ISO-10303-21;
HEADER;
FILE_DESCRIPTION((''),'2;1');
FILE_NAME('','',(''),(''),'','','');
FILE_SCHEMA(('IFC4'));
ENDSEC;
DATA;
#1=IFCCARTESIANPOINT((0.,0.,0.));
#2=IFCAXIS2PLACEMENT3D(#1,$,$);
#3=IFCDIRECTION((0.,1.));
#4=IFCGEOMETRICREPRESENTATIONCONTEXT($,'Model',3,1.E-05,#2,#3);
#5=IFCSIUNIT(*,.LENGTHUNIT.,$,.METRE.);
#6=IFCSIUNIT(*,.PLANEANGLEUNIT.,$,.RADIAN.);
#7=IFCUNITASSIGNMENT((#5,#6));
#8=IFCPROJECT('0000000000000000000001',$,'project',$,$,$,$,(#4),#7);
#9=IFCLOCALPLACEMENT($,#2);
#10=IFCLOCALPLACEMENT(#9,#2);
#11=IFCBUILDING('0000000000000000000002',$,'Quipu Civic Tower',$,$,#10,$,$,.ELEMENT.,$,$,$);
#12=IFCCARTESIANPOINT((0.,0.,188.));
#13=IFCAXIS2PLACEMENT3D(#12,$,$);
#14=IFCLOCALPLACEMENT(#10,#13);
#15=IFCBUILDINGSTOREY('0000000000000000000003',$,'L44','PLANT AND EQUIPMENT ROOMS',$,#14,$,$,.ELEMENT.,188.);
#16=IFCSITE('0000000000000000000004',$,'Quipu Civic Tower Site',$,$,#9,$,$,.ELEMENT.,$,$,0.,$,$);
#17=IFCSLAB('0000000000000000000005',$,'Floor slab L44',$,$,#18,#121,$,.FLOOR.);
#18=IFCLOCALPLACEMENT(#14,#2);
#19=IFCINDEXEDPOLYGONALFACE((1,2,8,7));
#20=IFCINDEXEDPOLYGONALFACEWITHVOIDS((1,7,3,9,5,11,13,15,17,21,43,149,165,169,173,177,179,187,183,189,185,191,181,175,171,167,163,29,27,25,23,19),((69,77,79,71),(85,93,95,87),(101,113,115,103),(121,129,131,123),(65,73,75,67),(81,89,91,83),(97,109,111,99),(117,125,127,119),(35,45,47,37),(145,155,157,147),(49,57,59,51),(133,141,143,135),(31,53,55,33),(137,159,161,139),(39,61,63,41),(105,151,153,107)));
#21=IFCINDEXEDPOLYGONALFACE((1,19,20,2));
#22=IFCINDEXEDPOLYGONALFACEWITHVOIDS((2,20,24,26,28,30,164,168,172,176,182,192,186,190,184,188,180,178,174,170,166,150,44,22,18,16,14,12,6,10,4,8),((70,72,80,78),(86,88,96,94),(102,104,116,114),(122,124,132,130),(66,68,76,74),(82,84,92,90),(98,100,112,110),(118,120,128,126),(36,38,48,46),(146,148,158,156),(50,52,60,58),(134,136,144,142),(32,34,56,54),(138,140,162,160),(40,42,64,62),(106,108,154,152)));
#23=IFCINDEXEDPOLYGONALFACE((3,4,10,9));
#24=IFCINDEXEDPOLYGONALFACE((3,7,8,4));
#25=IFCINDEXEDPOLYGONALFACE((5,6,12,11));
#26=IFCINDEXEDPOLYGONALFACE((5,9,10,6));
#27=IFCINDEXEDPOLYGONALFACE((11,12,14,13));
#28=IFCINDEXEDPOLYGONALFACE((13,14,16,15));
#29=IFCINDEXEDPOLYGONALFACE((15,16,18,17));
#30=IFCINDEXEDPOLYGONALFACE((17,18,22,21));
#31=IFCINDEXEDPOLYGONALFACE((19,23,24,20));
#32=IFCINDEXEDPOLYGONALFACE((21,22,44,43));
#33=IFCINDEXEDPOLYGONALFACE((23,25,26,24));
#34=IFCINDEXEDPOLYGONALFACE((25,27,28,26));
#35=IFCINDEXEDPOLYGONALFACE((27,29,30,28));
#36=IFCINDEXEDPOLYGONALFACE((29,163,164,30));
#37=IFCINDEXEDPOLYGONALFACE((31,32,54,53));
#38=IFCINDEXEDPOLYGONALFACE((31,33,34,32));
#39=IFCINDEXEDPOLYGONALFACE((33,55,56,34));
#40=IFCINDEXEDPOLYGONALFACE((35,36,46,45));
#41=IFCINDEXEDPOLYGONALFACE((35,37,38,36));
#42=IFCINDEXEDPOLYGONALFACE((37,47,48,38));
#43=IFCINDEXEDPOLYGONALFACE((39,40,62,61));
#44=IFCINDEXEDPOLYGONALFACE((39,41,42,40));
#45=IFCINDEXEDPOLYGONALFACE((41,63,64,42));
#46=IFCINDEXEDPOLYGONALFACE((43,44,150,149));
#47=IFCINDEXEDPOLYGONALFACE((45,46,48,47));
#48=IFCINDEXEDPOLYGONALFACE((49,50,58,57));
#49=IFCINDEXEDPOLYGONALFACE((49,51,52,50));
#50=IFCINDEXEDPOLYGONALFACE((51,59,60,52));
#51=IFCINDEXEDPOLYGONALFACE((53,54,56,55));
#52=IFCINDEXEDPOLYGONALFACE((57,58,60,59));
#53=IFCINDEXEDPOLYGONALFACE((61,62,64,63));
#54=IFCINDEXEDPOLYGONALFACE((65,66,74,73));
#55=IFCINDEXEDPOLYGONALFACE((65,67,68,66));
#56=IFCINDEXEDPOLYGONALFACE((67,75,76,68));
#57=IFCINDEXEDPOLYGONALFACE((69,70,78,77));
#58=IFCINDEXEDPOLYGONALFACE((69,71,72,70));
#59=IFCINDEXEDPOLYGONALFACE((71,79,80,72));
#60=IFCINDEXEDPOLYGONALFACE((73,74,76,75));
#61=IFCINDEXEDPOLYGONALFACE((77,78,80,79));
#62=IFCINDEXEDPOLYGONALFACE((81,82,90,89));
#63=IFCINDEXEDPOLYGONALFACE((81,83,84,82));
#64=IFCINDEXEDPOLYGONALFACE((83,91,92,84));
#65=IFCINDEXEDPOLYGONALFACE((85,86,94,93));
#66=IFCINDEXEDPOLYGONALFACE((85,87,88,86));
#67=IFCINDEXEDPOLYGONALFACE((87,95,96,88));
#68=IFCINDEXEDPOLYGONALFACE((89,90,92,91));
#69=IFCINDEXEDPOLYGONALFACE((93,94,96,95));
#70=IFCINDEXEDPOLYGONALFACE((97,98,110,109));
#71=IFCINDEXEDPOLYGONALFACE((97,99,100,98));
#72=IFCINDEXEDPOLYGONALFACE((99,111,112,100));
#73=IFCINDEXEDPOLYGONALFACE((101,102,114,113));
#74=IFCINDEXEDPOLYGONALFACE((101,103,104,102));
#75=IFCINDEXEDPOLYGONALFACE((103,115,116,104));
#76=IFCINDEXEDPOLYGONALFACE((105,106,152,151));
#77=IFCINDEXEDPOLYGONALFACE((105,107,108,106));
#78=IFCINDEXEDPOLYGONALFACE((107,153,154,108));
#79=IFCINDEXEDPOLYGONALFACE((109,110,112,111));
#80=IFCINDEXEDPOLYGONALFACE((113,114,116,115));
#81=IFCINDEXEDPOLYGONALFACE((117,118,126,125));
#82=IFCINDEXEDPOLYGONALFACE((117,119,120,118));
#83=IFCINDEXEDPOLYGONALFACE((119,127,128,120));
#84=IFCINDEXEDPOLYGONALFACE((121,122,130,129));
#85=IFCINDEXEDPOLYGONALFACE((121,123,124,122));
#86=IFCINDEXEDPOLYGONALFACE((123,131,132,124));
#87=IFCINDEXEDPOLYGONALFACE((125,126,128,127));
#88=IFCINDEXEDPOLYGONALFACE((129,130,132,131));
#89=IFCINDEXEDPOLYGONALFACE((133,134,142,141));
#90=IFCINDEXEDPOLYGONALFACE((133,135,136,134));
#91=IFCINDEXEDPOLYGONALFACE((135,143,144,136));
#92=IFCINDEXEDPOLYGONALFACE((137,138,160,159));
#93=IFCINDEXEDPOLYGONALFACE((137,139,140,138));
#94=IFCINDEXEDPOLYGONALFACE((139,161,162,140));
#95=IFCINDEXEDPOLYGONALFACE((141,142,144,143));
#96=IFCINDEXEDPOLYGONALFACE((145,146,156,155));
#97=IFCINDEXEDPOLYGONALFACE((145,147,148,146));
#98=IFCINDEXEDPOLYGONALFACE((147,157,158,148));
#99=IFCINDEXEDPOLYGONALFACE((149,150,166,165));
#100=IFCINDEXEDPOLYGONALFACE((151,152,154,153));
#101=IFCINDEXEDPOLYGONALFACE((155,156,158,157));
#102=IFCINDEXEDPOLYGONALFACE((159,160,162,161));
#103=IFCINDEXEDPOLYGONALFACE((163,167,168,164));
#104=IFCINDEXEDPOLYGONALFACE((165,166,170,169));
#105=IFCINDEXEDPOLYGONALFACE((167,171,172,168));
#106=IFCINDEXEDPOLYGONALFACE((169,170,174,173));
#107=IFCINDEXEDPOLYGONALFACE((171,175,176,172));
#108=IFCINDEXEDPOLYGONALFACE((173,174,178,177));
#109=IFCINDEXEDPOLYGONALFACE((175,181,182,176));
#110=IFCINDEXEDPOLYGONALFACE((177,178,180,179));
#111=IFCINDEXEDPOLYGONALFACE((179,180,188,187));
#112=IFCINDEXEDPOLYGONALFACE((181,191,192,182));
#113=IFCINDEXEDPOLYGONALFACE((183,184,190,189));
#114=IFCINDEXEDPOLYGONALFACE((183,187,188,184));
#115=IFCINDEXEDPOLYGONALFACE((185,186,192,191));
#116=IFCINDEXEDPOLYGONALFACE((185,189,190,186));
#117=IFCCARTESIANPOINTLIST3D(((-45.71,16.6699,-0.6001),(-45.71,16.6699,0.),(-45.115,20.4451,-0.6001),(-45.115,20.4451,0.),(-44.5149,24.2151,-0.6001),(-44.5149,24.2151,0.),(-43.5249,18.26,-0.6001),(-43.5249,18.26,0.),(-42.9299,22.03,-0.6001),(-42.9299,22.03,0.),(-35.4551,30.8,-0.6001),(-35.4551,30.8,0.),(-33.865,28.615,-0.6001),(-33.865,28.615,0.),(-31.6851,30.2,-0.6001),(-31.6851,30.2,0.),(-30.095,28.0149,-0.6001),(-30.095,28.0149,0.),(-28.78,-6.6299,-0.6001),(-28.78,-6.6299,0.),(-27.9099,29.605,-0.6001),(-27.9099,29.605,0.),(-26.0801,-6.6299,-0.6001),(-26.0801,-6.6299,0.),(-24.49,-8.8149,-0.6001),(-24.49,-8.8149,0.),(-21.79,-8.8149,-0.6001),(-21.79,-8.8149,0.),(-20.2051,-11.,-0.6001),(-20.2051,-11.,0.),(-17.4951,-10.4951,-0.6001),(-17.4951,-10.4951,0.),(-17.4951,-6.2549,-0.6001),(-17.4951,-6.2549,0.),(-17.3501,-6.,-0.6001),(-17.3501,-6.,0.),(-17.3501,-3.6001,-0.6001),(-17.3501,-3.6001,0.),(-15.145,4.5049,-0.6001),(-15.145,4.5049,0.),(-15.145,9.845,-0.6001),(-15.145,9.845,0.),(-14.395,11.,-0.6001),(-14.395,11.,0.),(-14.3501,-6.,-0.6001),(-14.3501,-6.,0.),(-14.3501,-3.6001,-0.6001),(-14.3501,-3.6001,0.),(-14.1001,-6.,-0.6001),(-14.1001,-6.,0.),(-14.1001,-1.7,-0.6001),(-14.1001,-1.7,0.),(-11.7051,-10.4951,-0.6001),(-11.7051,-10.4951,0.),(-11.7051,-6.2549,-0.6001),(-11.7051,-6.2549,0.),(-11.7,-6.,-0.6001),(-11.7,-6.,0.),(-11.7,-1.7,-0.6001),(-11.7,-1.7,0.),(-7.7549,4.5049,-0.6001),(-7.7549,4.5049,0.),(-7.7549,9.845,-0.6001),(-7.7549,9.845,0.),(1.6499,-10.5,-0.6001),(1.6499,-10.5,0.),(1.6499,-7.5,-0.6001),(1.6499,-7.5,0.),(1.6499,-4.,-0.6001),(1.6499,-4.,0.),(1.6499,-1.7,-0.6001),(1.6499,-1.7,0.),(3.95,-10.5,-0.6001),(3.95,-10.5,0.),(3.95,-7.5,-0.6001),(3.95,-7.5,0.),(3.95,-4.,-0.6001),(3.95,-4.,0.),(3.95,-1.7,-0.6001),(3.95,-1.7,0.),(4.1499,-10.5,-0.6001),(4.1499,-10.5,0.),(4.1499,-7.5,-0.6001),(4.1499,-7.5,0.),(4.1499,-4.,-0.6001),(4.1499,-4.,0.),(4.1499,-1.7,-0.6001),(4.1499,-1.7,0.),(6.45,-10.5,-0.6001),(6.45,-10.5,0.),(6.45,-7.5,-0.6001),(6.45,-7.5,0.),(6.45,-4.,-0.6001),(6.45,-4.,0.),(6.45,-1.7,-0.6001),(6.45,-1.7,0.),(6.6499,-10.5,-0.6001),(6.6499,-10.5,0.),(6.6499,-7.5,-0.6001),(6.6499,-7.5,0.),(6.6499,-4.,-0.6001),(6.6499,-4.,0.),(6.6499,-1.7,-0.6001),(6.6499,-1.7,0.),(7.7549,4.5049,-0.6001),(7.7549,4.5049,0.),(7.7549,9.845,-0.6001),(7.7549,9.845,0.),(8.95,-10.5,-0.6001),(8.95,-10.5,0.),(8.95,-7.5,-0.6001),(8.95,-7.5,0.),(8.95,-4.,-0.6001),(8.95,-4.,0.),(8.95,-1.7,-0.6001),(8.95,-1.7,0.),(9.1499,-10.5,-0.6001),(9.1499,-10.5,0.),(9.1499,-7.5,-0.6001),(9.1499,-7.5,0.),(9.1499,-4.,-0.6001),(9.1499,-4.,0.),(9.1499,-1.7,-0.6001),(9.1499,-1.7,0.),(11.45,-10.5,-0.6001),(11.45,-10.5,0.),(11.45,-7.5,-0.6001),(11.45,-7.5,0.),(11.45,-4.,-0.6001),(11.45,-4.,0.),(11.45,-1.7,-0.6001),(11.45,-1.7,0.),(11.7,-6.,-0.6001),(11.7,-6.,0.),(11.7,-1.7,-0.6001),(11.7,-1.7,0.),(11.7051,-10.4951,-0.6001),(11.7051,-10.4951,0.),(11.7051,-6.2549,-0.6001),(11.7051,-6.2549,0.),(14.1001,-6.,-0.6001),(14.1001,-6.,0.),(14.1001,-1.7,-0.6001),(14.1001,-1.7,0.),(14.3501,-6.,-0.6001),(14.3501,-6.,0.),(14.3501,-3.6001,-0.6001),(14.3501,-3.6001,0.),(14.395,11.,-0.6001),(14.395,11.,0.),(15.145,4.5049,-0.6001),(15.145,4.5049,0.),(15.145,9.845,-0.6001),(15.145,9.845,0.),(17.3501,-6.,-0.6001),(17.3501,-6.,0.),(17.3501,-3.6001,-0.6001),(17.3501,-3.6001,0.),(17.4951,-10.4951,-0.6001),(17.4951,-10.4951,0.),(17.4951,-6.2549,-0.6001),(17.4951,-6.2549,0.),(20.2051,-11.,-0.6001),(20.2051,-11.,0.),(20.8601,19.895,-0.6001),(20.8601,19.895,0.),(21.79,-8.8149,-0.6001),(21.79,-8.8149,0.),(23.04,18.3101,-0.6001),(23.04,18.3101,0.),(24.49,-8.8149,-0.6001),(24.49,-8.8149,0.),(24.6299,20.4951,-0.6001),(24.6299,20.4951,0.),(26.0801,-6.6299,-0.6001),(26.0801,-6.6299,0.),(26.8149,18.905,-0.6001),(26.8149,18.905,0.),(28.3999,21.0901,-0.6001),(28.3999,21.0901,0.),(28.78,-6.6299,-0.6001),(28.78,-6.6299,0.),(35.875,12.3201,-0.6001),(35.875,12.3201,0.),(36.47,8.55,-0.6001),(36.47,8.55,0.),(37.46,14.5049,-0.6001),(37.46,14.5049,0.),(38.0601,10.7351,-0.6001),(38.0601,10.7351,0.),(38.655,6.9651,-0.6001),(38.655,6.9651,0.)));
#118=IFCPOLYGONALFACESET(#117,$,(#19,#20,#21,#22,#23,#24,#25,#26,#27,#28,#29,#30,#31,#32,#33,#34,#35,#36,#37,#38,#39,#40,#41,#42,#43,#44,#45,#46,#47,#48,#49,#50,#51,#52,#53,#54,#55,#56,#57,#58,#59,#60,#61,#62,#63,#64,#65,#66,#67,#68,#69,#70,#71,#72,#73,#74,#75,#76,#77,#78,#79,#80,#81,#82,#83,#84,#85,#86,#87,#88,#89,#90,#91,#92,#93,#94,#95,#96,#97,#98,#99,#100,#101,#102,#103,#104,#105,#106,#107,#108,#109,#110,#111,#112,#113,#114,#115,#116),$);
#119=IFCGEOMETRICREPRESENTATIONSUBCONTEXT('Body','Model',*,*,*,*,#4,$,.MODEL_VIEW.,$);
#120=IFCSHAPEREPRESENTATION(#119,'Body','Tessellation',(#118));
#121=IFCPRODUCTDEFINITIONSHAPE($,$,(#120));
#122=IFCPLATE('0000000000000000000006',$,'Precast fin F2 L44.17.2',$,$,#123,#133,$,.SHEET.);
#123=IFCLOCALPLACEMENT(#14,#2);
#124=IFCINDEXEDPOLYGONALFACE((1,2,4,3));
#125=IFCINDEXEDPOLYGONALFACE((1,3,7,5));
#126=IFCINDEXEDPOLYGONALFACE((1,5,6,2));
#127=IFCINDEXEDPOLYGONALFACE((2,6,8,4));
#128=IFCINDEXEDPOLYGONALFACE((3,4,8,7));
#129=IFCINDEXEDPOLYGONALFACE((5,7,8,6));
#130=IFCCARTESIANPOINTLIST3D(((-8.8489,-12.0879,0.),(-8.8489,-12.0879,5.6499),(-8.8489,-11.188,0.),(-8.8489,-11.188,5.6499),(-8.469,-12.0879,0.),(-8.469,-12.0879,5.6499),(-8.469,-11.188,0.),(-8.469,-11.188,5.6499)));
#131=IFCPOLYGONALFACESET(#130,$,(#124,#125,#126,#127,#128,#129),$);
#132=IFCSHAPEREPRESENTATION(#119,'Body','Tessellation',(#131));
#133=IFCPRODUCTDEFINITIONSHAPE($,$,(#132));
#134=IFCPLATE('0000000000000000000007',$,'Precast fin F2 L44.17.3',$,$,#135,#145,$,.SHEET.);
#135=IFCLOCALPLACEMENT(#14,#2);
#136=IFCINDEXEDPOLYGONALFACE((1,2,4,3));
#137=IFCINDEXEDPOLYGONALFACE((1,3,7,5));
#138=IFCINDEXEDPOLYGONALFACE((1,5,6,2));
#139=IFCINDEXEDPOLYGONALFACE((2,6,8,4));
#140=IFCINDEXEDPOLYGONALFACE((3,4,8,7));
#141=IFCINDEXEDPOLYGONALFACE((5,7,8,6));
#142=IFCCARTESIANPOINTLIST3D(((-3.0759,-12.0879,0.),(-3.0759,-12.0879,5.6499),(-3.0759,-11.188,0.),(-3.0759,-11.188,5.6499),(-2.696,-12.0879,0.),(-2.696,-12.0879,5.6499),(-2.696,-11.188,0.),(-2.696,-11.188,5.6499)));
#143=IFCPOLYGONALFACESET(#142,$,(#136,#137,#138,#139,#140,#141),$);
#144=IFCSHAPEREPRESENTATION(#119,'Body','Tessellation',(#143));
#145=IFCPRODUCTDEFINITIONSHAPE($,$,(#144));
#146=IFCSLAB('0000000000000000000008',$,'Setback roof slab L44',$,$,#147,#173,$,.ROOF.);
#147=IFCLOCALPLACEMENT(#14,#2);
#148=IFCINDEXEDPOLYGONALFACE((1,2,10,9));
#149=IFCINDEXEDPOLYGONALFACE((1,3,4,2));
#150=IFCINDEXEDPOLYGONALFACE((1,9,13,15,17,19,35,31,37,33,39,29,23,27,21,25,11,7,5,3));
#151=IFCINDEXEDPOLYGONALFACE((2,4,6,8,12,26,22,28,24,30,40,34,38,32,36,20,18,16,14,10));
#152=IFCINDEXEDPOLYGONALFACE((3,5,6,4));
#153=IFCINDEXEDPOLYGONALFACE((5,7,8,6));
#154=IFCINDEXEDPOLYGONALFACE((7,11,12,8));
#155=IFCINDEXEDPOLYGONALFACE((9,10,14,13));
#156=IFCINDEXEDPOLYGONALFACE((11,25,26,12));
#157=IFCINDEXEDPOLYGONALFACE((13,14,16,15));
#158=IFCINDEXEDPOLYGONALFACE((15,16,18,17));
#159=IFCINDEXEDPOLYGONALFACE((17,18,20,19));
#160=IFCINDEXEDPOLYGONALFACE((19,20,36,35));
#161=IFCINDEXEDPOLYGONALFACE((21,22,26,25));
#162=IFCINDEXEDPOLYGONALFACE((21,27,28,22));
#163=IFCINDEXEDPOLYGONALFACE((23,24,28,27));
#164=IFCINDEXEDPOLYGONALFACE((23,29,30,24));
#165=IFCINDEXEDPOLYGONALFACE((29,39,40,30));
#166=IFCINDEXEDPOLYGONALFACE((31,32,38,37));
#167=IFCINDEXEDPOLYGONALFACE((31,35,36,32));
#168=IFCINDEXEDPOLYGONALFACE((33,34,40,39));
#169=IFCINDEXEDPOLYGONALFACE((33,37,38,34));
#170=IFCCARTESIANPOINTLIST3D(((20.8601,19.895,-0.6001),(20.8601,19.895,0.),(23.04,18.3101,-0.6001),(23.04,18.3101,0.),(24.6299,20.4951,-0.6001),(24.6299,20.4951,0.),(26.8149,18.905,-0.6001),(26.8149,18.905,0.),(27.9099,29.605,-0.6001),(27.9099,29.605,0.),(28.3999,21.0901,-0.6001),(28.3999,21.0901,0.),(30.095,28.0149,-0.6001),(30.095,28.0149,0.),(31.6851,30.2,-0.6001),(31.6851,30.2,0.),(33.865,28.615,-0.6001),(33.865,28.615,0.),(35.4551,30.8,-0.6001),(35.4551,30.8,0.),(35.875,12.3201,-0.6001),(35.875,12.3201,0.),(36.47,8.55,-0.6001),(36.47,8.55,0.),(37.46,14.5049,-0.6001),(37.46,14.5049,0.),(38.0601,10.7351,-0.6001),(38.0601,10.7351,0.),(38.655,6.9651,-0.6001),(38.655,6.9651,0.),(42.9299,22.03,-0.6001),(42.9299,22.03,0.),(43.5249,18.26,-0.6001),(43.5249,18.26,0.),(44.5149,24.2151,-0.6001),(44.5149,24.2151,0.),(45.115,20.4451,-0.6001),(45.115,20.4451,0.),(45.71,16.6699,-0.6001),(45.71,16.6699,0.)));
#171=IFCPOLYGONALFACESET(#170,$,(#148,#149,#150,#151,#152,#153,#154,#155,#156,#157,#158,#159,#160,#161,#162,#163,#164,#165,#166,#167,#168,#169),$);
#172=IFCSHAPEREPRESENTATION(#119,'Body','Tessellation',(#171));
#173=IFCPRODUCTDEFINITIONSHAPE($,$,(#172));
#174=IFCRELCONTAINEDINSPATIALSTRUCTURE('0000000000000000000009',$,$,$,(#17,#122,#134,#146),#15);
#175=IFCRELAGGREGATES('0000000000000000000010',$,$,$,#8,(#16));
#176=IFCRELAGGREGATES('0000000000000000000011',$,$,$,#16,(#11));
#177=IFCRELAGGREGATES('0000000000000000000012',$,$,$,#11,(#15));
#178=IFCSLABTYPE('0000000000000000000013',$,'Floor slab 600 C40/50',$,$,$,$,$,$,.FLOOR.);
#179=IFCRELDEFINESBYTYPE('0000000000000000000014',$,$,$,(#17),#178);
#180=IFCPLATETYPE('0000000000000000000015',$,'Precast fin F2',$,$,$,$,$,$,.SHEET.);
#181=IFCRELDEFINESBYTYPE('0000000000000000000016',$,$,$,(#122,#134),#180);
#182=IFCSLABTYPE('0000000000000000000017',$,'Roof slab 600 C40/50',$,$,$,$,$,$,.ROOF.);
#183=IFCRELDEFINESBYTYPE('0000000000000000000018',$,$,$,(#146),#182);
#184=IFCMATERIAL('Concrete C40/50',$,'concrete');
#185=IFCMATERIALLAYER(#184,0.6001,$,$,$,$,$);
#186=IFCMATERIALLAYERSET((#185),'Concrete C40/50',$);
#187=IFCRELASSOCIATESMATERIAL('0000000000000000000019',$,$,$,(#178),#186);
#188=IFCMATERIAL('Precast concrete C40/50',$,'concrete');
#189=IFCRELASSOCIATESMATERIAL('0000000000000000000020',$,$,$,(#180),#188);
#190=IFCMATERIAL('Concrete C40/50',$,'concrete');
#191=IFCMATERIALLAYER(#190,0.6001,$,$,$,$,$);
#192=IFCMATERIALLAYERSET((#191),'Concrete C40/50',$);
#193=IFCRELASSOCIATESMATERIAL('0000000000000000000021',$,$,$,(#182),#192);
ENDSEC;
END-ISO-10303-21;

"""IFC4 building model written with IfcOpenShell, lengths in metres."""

from ifc_helpers import new_model, si_unit, direction, frame, origin, origin_2d, place, context, subcontext, project, spatial, polyline, rectangle, outline, extrude, material, layer, layer_set, type_object, element, save


model = new_model("IFC4")

# Units and contexts
model_context = context("Model", 3, precision=1e-05, world=origin(), true_north=direction((0.0, 1.0)))
body_context = subcontext(model_context, "Body", "Model", "MODEL_VIEW")
ifc_project = project(units=[si_unit("LENGTHUNIT", "METRE"), si_unit("PLANEANGLEUNIT", "RADIAN")], contexts=[model_context])

# Site, building, storey
site_placement = place(None, origin())
site = spatial("IfcSite", under=ifc_project, at=site_placement, Name="Quipu Civic Tower Site", CompositionType="ELEMENT", RefElevation=0.0)
building_placement = place(site_placement, origin())
building = spatial("IfcBuilding", under=site, at=building_placement, Name="Quipu Civic Tower", CompositionType="ELEMENT")
storey_placement = place(building_placement, frame((0.0, 0.0, 188.0)))
storey = spatial("IfcBuildingStorey", under=building, at=storey_placement, Name="L44", Description="PLANT AND EQUIPMENT ROOMS", CompositionType="ELEMENT", Elevation=188.0)

# Slab
ifc_material_1 = material(Name="Concrete C40/50", Category="concrete")
ifc_layer_1 = layer(ifc_material_1, 0.6001)
ifc_layer_set_1 = layer_set([ifc_layer_1], Name="Concrete C40/50")
slab_type_1 = type_object("IfcSlabType", Name="Floor slab 600 C40/50", PredefinedType="FLOOR", material=ifc_layer_set_1)
slab_1_placement = place(storey_placement, frame((0.0, 0.0, -0.6001)))
element("IfcSlab", 1, at=slab_1_placement, inside=storey, type_object=slab_type_1, Name="Floor slab L44", PredefinedType="FLOOR", context=body_context, shape_type="SweptSolid", body=[
    extrude(outline(polyline([(20.8601, 19.895), (23.04, 18.3101), (24.6299, 20.4951), (26.8149, 18.905), (28.3999, 21.0901), (37.46, 14.5049), (35.875, 12.3201), (38.0601, 10.7351), (36.47, 8.55), (38.655, 6.9651), (28.78, -6.6299), (26.0801, -6.6299), (24.49, -8.8149), (21.79, -8.8149), (20.2051, -11.0), (-20.2051, -11.0), (-21.79, -8.8149), (-24.49, -8.8149), (-26.0801, -6.6299), (-28.78, -6.6299), (-45.71, 16.6699), (-43.5249, 18.26), (-45.115, 20.4451), (-42.9299, 22.03), (-44.5149, 24.2151), (-35.4551, 30.8), (-33.865, 28.615), (-31.6851, 30.2), (-30.095, 28.0149), (-27.9099, 29.605), (-14.395, 11.0), (14.395, 11.0), (20.8601, 19.895)]), holes=[polyline([(1.6499, -7.5), (1.6499, -10.5), (3.95, -10.5), (3.95, -7.5), (1.6499, -7.5)]), polyline([(4.1499, -7.5), (4.1499, -10.5), (6.45, -10.5), (6.45, -7.5), (4.1499, -7.5)]), polyline([(-11.7051, -6.2549), (-17.4951, -6.2549), (-17.4951, -10.4951), (-11.7051, -10.4951), (-11.7051, -6.2549)]), polyline([(-17.3501, -3.6001), (-17.3501, -6.0), (-14.3501, -6.0), (-14.3501, -3.6001), (-17.3501, -3.6001)]), polyline([(-14.1001, -1.7), (-14.1001, -6.0), (-11.7, -6.0), (-11.7, -1.7), (-14.1001, -1.7)]), polyline([(1.6499, -1.7), (1.6499, -4.0), (3.95, -4.0), (3.95, -1.7), (1.6499, -1.7)]), polyline([(4.1499, -1.7), (4.1499, -4.0), (6.45, -4.0), (6.45, -1.7), (4.1499, -1.7)]), polyline([(-7.7549, 9.845), (-15.145, 9.845), (-15.145, 4.5049), (-7.7549, 4.5049), (-7.7549, 9.845)]), polyline([(6.6499, -7.5), (6.6499, -10.5), (8.95, -10.5), (8.95, -7.5), (6.6499, -7.5)]), polyline([(9.1499, -7.5), (9.1499, -10.5), (11.45, -10.5), (11.45, -7.5), (9.1499, -7.5)]), polyline([(11.7051, -10.4951), (17.4951, -10.4951), (17.4951, -6.2549), (11.7051, -6.2549), (11.7051, -10.4951)]), polyline([(14.3501, -3.6001), (14.3501, -6.0), (17.3501, -6.0), (17.3501, -3.6001), (14.3501, -3.6001)]), polyline([(11.7, -1.7), (11.7, -6.0), (14.1001, -6.0), (14.1001, -1.7), (11.7, -1.7)]), polyline([(6.6499, -1.7), (6.6499, -4.0), (8.95, -4.0), (8.95, -1.7), (6.6499, -1.7)]), polyline([(9.1499, -1.7), (9.1499, -4.0), (11.45, -4.0), (11.45, -1.7), (9.1499, -1.7)]), polyline([(7.7549, 4.5049), (15.145, 4.5049), (15.145, 9.845), (7.7549, 9.845), (7.7549, 4.5049)])]), origin(), (0.0, 0.0, 1.0), 0.6001),
])

# Plates
ifc_material_2 = material(Name="Precast concrete C40/50", Category="concrete")
plate_type = type_object("IfcPlateType", Name="Precast fin F2", PredefinedType="SHEET", material=ifc_material_2)
for number, where, z_axis, x_axis, name in (
    (2, (-8.6589, -11.6379, 0.0), (0.0, 0.0, 1.0), (1.0, 0.0, 0.0), "Precast fin F2 L44.17.2"),
    (3, (-2.886, -11.6379, 0.0), (0.0, 0.0, 1.0), (1.0, 0.0, 0.0), "Precast fin F2 L44.17.3"),
):
    element("IfcPlate", number, at=place(storey_placement, frame(where, z_axis=z_axis, x_axis=x_axis)), inside=storey, type_object=plate_type, Name=name, PredefinedType="SHEET", context=body_context, shape_type="SweptSolid", body=[
        extrude(rectangle(XDim=0.3799, YDim=0.8999, at=origin_2d()), origin(), (0.0, 0.0, 1.0), 5.6499),
    ])

# Slab
ifc_material_3 = material(Name="Concrete C40/50", Category="concrete")
ifc_layer_2 = layer(ifc_material_3, 0.6001)
ifc_layer_set_2 = layer_set([ifc_layer_2], Name="Concrete C40/50")
slab_type_2 = type_object("IfcSlabType", Name="Roof slab 600 C40/50", PredefinedType="ROOF", material=ifc_layer_set_2)
slab_2_placement = place(storey_placement, frame((0.0, 0.0, -0.6001)))
element("IfcSlab", 4, at=slab_2_placement, inside=storey, type_object=slab_type_2, Name="Setback roof slab L44", PredefinedType="ROOF", context=body_context, shape_type="SweptSolid", body=[
    extrude(outline(polyline([(30.095, 28.0149), (31.6851, 30.2), (33.865, 28.615), (35.4551, 30.8), (44.5149, 24.2151), (42.9299, 22.03), (45.115, 20.4451), (43.5249, 18.26), (45.71, 16.6699), (38.655, 6.9651), (36.47, 8.55), (38.0601, 10.7351), (35.875, 12.3201), (37.46, 14.5049), (28.3999, 21.0901), (26.8149, 18.905), (24.6299, 20.4951), (23.04, 18.3101), (20.8601, 19.895), (27.9099, 29.605), (30.095, 28.0149)])), origin(), (0.0, 0.0, 1.0), 0.6001),
])

save(model, "model.ifc")
